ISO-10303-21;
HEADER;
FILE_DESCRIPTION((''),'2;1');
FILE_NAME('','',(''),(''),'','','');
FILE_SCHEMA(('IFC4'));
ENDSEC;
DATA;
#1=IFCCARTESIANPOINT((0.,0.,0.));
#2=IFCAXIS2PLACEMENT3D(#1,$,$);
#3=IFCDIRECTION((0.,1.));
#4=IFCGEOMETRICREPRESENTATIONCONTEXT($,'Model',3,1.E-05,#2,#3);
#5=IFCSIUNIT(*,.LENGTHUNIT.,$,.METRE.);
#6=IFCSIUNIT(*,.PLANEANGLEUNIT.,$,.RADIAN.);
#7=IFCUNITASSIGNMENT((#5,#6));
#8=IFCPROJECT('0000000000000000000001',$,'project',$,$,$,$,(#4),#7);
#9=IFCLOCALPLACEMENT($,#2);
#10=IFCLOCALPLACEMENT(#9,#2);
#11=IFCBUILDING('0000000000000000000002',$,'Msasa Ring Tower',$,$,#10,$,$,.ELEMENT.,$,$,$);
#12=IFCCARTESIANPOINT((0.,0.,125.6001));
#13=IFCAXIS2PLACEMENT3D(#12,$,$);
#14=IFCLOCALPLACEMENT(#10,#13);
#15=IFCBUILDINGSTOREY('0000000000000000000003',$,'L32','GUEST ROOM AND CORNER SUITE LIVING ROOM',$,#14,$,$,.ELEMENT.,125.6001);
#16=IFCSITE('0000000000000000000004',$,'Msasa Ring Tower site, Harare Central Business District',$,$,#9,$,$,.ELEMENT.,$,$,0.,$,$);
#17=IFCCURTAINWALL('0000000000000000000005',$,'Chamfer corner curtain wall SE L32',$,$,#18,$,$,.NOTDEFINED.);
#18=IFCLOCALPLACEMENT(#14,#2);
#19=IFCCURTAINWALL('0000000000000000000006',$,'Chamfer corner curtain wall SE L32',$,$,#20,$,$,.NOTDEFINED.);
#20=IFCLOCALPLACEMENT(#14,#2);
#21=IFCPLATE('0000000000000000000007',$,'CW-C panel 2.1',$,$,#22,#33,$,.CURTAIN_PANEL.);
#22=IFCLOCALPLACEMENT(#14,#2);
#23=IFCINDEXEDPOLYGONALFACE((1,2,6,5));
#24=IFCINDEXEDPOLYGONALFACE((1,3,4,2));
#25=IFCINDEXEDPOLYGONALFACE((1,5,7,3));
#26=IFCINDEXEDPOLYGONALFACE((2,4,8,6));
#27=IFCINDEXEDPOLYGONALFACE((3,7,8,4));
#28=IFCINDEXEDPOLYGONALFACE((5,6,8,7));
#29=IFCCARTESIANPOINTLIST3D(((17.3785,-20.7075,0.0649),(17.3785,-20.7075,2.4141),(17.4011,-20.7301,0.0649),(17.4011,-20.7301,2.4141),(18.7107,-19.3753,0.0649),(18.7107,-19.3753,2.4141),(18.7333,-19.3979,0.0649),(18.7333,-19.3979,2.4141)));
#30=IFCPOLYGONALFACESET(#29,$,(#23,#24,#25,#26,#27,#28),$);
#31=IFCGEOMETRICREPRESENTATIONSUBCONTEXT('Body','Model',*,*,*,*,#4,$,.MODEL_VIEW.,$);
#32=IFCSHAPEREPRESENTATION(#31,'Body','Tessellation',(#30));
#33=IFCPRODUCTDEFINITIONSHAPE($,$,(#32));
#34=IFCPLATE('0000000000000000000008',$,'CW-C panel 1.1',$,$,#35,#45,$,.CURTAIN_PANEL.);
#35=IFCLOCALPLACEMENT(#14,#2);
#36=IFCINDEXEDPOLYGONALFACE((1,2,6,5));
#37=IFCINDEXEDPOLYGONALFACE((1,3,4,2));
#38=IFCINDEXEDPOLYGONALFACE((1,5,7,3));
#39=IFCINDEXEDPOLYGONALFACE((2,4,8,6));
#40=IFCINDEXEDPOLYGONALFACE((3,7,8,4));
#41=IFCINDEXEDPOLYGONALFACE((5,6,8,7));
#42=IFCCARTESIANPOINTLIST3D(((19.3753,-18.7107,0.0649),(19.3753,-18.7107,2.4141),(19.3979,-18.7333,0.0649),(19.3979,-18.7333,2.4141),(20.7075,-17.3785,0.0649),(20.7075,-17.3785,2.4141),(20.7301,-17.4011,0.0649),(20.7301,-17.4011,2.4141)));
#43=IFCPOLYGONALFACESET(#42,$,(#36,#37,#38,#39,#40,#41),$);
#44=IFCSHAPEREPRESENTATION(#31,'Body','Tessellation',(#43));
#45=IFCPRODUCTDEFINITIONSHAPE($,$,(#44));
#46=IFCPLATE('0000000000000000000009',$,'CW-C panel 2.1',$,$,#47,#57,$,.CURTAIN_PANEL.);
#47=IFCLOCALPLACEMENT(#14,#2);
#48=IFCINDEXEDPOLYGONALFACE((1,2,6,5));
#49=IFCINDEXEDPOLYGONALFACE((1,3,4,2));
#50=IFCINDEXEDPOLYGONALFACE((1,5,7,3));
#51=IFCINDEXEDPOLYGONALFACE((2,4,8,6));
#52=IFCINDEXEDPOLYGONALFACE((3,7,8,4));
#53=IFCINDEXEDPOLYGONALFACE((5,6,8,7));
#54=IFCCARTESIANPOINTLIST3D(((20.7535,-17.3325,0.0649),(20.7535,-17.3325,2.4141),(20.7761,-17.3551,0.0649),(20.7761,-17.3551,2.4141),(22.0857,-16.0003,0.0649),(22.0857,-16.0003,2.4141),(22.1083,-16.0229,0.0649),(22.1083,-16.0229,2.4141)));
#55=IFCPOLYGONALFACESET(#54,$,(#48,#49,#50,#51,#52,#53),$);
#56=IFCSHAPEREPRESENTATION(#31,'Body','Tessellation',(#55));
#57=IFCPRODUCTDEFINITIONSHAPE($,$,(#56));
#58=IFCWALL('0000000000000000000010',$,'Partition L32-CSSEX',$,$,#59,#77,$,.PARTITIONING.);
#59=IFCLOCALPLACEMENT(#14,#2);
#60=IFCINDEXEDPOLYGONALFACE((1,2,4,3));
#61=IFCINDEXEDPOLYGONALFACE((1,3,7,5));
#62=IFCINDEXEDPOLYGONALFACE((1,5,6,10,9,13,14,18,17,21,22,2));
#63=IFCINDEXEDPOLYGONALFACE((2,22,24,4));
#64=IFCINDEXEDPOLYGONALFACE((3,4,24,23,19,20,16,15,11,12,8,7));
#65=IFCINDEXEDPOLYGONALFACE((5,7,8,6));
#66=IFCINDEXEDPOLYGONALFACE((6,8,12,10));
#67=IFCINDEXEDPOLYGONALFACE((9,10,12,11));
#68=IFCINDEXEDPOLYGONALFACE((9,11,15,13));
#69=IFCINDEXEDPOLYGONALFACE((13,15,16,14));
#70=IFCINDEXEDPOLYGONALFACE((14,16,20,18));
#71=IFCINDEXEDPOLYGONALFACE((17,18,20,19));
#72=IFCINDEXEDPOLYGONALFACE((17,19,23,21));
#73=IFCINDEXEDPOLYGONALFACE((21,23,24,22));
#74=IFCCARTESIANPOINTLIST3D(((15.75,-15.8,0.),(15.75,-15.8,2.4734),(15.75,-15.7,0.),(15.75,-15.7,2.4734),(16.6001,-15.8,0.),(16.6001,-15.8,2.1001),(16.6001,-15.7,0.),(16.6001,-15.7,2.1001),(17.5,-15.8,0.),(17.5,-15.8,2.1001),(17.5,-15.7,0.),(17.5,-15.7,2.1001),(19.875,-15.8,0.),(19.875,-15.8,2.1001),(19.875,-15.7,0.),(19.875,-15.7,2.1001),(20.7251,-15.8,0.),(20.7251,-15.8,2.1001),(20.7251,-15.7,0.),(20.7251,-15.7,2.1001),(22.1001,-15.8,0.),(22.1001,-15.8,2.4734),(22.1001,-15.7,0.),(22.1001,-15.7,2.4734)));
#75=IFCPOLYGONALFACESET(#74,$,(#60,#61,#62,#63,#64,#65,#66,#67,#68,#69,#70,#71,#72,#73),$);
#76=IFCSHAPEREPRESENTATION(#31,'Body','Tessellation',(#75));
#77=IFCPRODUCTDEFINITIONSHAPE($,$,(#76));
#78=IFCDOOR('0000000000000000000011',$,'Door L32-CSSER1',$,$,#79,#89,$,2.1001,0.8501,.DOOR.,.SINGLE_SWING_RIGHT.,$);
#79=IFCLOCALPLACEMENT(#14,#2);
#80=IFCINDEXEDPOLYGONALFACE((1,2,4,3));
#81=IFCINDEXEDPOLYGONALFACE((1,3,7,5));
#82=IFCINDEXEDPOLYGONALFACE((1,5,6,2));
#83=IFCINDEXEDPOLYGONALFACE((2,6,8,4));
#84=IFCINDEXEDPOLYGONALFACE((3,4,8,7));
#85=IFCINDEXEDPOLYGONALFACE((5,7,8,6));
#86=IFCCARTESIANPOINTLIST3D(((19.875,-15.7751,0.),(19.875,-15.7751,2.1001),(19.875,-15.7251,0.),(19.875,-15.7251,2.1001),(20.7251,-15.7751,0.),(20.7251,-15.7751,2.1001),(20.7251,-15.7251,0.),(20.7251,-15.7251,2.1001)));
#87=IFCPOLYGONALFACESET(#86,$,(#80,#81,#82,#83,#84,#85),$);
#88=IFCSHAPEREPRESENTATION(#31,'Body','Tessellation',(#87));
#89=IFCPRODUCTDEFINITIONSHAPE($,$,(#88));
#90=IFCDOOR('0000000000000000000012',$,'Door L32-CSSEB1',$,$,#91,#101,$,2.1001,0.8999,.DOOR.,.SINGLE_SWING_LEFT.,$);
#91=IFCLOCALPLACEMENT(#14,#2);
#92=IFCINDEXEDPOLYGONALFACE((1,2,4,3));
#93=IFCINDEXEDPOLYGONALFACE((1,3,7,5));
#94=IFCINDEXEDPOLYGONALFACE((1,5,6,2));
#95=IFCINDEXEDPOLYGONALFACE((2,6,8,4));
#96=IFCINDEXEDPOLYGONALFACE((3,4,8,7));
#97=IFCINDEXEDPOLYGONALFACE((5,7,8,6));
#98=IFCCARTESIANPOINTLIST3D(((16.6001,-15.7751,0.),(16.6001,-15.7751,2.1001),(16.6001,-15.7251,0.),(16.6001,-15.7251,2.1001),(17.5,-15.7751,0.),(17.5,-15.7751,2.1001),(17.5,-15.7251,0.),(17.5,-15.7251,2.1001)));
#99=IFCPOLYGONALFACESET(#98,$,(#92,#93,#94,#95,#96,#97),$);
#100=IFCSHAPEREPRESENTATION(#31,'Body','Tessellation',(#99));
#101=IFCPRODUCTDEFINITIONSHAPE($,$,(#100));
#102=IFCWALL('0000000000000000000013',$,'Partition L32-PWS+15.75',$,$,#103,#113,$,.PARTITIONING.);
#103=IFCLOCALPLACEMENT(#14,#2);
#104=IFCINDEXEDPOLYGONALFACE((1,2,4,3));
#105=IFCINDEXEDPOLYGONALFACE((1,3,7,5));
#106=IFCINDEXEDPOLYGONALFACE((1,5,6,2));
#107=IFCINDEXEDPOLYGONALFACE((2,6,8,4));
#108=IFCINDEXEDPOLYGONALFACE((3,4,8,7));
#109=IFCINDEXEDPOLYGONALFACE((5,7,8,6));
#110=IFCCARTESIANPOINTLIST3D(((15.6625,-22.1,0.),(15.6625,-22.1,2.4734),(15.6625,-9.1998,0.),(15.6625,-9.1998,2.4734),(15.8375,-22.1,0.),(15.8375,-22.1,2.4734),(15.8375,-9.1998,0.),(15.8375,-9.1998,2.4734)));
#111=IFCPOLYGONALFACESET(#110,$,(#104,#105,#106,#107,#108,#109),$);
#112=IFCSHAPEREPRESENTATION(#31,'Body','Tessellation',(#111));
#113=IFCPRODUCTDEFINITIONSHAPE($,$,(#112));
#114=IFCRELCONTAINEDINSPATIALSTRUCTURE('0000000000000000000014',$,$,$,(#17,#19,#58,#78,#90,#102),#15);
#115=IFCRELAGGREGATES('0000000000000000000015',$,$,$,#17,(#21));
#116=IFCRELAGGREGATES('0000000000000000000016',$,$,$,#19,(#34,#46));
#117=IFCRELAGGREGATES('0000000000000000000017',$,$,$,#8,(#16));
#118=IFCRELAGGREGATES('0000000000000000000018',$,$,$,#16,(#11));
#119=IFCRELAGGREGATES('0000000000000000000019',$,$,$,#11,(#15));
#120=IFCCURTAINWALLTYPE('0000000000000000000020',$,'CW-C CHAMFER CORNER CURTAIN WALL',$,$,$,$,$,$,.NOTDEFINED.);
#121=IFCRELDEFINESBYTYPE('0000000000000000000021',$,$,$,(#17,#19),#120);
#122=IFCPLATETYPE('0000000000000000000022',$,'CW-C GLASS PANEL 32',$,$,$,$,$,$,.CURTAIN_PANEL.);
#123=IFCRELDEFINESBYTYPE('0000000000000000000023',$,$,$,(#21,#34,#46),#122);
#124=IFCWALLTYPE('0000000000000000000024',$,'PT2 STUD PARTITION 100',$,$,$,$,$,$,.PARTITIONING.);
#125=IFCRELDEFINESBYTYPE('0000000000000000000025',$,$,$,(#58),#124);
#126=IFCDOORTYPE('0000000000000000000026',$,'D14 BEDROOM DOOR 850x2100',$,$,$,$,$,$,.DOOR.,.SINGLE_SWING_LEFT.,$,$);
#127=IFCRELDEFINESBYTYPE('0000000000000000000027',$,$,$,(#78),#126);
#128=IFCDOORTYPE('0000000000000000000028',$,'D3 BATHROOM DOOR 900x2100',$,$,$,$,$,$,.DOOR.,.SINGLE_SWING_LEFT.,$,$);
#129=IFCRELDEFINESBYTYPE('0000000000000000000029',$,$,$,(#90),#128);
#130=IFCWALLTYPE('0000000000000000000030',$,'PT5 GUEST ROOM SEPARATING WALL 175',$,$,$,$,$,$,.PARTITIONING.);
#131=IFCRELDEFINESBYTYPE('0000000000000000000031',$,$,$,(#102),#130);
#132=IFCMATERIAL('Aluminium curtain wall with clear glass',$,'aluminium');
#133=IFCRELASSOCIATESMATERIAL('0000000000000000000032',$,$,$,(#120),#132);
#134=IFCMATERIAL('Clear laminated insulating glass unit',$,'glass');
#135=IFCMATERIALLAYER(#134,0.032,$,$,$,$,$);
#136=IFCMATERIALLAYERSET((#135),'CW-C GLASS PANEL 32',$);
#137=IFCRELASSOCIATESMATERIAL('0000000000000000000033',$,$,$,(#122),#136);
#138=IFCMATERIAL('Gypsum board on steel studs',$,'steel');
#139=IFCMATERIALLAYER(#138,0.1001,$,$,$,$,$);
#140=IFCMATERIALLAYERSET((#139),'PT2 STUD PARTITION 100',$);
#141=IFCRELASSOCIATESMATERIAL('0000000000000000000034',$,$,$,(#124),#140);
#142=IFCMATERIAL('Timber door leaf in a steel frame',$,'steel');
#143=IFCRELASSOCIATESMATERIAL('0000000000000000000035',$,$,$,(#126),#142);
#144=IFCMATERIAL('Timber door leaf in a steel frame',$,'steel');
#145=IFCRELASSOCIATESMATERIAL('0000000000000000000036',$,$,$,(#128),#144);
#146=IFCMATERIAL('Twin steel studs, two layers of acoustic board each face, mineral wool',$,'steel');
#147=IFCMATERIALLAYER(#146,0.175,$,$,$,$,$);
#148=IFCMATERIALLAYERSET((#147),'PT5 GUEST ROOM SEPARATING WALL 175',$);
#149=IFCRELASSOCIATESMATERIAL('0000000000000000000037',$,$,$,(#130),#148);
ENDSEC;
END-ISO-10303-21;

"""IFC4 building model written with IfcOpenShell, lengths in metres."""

from ifc_helpers import new_model, si_unit, direction, frame, frame_2d, origin, origin_2d, place, context, subcontext, project, spatial, rectangle, extrude, material, layer, layer_set, type_object, element, fill, aggregate, save


model = new_model("IFC4")

# Units and contexts
model_context = context("Model", 3, precision=1e-05, world=origin(), true_north=direction((0.0, 1.0)))
body_context = subcontext(model_context, "Body", "Model", "MODEL_VIEW")
ifc_project = project(units=[si_unit("LENGTHUNIT", "METRE"), si_unit("PLANEANGLEUNIT", "RADIAN")], contexts=[model_context])

# Site, building, storey
site_placement = place(None, origin())
site = spatial("IfcSite", under=ifc_project, at=site_placement, Name="Msasa Ring Tower site, Harare Central Business District", CompositionType="ELEMENT", RefElevation=0.0)
building_placement = place(site_placement, origin())
building = spatial("IfcBuilding", under=site, at=building_placement, Name="Msasa Ring Tower", CompositionType="ELEMENT")
storey_placement = place(building_placement, frame((0.0, 0.0, 125.6001)))
storey = spatial("IfcBuildingStorey", under=building, at=storey_placement, Name="L32", Description="GUEST ROOM AND CORNER SUITE LIVING ROOM", CompositionType="ELEMENT", Elevation=125.6001)

# Curtain walls
ifc_material_1 = material(Name="Aluminium curtain wall with clear glass", Category="aluminium")
curtain_wall_type = type_object("IfcCurtainWallType", Name="CW-C CHAMFER CORNER CURTAIN WALL", PredefinedType="NOTDEFINED", material=ifc_material_1)
curtain_wall_1_placement = place(storey_placement, origin())
curtain_wall_1 = element("IfcCurtainWall", 1, at=curtain_wall_1_placement, inside=storey, type_object=curtain_wall_type, Name="Chamfer corner curtain wall SE L32", PredefinedType="NOTDEFINED")
curtain_wall_2_placement = place(storey_placement, origin())
curtain_wall_2 = element("IfcCurtainWall", 2, at=curtain_wall_2_placement, inside=storey, type_object=curtain_wall_type, Name="Chamfer corner curtain wall SE L32", PredefinedType="NOTDEFINED")

# Plates
ifc_material_2 = material(Name="Clear laminated insulating glass unit", Category="glass")
ifc_layer_1 = layer(ifc_material_2, 0.032)
ifc_layer_set_1 = layer_set([ifc_layer_1], Name="CW-C GLASS PANEL 32")
plate_type = type_object("IfcPlateType", Name="CW-C GLASS PANEL 32", PredefinedType="CURTAIN_PANEL", material=ifc_layer_set_1)
plate_1_placement = place(storey_placement, frame((18.0559, -20.0527, 0.0649), z_axis=(0.0, 0.0, 1.0), x_axis=(0.707107, 0.707107, 0.0)))
plate_1 = element("IfcPlate", 3, at=plate_1_placement, type_object=plate_type, Name="CW-C panel 2.1", PredefinedType="CURTAIN_PANEL", context=body_context, shape_type="SweptSolid", body=[
    extrude(rectangle(XDim=1.884, YDim=0.032, at=origin_2d()), origin(), (0.0, 0.0, 1.0), 2.3491),
])
aggregate(curtain_wall_1, [plate_1])
plate_2_placement = place(storey_placement, frame((20.0527, -18.0559, 0.0649), z_axis=(0.0, 0.0, 1.0), x_axis=(0.707107, 0.707107, 0.0)))
plate_2 = element("IfcPlate", 4, at=plate_2_placement, type_object=plate_type, Name="CW-C panel 1.1", PredefinedType="CURTAIN_PANEL", context=body_context, shape_type="SweptSolid", body=[
    extrude(rectangle(XDim=1.884, YDim=0.032, at=origin_2d()), origin(), (0.0, 0.0, 1.0), 2.3491),
])
plate_3_placement = place(storey_placement, frame((21.4309, -16.6777, 0.0649), z_axis=(0.0, 0.0, 1.0), x_axis=(0.707107, 0.707107, 0.0)))
plate_3 = element("IfcPlate", 5, at=plate_3_placement, type_object=plate_type, Name="CW-C panel 2.1", PredefinedType="CURTAIN_PANEL", context=body_context, shape_type="SweptSolid", body=[
    extrude(rectangle(XDim=1.884, YDim=0.032, at=origin_2d()), origin(), (0.0, 0.0, 1.0), 2.3491),
])
aggregate(curtain_wall_2, [plate_2, plate_3])

# Wall, openings, doors
ifc_material_3 = material(Name="Gypsum board on steel studs", Category="steel")
ifc_layer_2 = layer(ifc_material_3, 0.1001)
ifc_layer_set_2 = layer_set([ifc_layer_2], Name="PT2 STUD PARTITION 100")
wall_type_1 = type_object("IfcWallType", Name="PT2 STUD PARTITION 100", PredefinedType="PARTITIONING", material=ifc_layer_set_2)
wall_1_placement = place(storey_placement, frame((15.75, -15.75, 0.0), z_axis=(0.0, 0.0, 1.0), x_axis=(1.0, 0.0, 0.0)))
wall_1 = element("IfcWall", 6, at=wall_1_placement, inside=storey, type_object=wall_type_1, Name="Partition L32-CSSEX", PredefinedType="PARTITIONING", context=body_context, shape_type="SweptSolid", body=[
    extrude(rectangle(XDim=6.3501, YDim=0.1001, at=frame_2d((3.175, 0.0))), origin(), (0.0, 0.0, 1.0), 2.4734),
])
opening_1_placement = place(wall_1_placement, frame((4.125, 0.0, 0.0)))
opening_1 = element("IfcOpeningElement", 7, at=opening_1_placement, cuts=wall_1, PredefinedType="OPENING", context=body_context, shape_type="SweptSolid", body=[
    extrude(rectangle(XDim=0.8501, YDim=2.1001, at=frame_2d((0.425, 1.05))), frame((0.0, 0.0601, 0.0), z_axis=(0.0, -1.0, 0.0), x_axis=(1.0, 0.0, 0.0)), (0.0, 0.0, 1.0), 0.1201),
])
opening_2_placement = place(wall_1_placement, frame((0.8501, 0.0, 0.0)))
opening_2 = element("IfcOpeningElement", 8, at=opening_2_placement, cuts=wall_1, PredefinedType="OPENING", context=body_context, shape_type="SweptSolid", body=[
    extrude(rectangle(XDim=0.8999, YDim=2.1001, at=frame_2d((0.45, 1.05))), frame((0.0, 0.0601, 0.0), z_axis=(0.0, -1.0, 0.0), x_axis=(1.0, 0.0, 0.0)), (0.0, 0.0, 1.0), 0.1201),
])
ifc_material_4 = material(Name="Timber door leaf in a steel frame", Category="steel")
door_type_1 = type_object("IfcDoorType", Name="D14 BEDROOM DOOR 850x2100", OperationType="SINGLE_SWING_LEFT", PredefinedType="DOOR", material=ifc_material_4)
door_1_placement = place(opening_1_placement, origin())
door_1 = element("IfcDoor", 9, at=door_1_placement, inside=storey, type_object=door_type_1, Name="Door L32-CSSER1", OperationType="SINGLE_SWING_RIGHT", OverallHeight=2.1001, OverallWidth=0.8501, PredefinedType="DOOR", context=body_context, shape_type="SweptSolid", body=[
    extrude(rectangle(XDim=0.8501, YDim=2.1001, at=frame_2d((0.425, 1.05))), frame((0.0, 0.0249, 0.0), z_axis=(0.0, -1.0, 0.0), x_axis=(1.0, 0.0, 0.0)), (0.0, 0.0, 1.0), 0.05),
])
fill(opening_1, door_1)
ifc_material_5 = material(Name="Timber door leaf in a steel frame", Category="steel")
door_type_2 = type_object("IfcDoorType", Name="D3 BATHROOM DOOR 900x2100", OperationType="SINGLE_SWING_LEFT", PredefinedType="DOOR", material=ifc_material_5)
door_2_placement = place(opening_2_placement, origin())
door_2 = element("IfcDoor", 10, at=door_2_placement, inside=storey, type_object=door_type_2, Name="Door L32-CSSEB1", OperationType="SINGLE_SWING_LEFT", OverallHeight=2.1001, OverallWidth=0.8999, PredefinedType="DOOR", context=body_context, shape_type="SweptSolid", body=[
    extrude(rectangle(XDim=0.8999, YDim=2.1001, at=frame_2d((0.45, 1.05))), frame((0.0, 0.0249, 0.0), z_axis=(0.0, -1.0, 0.0), x_axis=(1.0, 0.0, 0.0)), (0.0, 0.0, 1.0), 0.05),
])
fill(opening_2, door_2)

# Wall
ifc_material_6 = material(Name="Twin steel studs, two layers of acoustic board each face, mineral wool", Category="steel")
ifc_layer_3 = layer(ifc_material_6, 0.175)
ifc_layer_set_3 = layer_set([ifc_layer_3], Name="PT5 GUEST ROOM SEPARATING WALL 175")
wall_type_2 = type_object("IfcWallType", Name="PT5 GUEST ROOM SEPARATING WALL 175", PredefinedType="PARTITIONING", material=ifc_layer_set_3)
wall_2_placement = place(storey_placement, frame((15.75, -22.1001, 0.0), z_axis=(0.0, 0.0, 1.0), x_axis=(0.0, 1.0, 0.0)))
element("IfcWall", 11, at=wall_2_placement, inside=storey, type_object=wall_type_2, Name="Partition L32-PWS+15.75", PredefinedType="PARTITIONING", context=body_context, shape_type="SweptSolid", body=[
    extrude(rectangle(XDim=12.9001, YDim=0.175, at=frame_2d((6.4502, 0.0))), origin(), (0.0, 0.0, 1.0), 2.4734),
])

save(model, "model.ifc")
